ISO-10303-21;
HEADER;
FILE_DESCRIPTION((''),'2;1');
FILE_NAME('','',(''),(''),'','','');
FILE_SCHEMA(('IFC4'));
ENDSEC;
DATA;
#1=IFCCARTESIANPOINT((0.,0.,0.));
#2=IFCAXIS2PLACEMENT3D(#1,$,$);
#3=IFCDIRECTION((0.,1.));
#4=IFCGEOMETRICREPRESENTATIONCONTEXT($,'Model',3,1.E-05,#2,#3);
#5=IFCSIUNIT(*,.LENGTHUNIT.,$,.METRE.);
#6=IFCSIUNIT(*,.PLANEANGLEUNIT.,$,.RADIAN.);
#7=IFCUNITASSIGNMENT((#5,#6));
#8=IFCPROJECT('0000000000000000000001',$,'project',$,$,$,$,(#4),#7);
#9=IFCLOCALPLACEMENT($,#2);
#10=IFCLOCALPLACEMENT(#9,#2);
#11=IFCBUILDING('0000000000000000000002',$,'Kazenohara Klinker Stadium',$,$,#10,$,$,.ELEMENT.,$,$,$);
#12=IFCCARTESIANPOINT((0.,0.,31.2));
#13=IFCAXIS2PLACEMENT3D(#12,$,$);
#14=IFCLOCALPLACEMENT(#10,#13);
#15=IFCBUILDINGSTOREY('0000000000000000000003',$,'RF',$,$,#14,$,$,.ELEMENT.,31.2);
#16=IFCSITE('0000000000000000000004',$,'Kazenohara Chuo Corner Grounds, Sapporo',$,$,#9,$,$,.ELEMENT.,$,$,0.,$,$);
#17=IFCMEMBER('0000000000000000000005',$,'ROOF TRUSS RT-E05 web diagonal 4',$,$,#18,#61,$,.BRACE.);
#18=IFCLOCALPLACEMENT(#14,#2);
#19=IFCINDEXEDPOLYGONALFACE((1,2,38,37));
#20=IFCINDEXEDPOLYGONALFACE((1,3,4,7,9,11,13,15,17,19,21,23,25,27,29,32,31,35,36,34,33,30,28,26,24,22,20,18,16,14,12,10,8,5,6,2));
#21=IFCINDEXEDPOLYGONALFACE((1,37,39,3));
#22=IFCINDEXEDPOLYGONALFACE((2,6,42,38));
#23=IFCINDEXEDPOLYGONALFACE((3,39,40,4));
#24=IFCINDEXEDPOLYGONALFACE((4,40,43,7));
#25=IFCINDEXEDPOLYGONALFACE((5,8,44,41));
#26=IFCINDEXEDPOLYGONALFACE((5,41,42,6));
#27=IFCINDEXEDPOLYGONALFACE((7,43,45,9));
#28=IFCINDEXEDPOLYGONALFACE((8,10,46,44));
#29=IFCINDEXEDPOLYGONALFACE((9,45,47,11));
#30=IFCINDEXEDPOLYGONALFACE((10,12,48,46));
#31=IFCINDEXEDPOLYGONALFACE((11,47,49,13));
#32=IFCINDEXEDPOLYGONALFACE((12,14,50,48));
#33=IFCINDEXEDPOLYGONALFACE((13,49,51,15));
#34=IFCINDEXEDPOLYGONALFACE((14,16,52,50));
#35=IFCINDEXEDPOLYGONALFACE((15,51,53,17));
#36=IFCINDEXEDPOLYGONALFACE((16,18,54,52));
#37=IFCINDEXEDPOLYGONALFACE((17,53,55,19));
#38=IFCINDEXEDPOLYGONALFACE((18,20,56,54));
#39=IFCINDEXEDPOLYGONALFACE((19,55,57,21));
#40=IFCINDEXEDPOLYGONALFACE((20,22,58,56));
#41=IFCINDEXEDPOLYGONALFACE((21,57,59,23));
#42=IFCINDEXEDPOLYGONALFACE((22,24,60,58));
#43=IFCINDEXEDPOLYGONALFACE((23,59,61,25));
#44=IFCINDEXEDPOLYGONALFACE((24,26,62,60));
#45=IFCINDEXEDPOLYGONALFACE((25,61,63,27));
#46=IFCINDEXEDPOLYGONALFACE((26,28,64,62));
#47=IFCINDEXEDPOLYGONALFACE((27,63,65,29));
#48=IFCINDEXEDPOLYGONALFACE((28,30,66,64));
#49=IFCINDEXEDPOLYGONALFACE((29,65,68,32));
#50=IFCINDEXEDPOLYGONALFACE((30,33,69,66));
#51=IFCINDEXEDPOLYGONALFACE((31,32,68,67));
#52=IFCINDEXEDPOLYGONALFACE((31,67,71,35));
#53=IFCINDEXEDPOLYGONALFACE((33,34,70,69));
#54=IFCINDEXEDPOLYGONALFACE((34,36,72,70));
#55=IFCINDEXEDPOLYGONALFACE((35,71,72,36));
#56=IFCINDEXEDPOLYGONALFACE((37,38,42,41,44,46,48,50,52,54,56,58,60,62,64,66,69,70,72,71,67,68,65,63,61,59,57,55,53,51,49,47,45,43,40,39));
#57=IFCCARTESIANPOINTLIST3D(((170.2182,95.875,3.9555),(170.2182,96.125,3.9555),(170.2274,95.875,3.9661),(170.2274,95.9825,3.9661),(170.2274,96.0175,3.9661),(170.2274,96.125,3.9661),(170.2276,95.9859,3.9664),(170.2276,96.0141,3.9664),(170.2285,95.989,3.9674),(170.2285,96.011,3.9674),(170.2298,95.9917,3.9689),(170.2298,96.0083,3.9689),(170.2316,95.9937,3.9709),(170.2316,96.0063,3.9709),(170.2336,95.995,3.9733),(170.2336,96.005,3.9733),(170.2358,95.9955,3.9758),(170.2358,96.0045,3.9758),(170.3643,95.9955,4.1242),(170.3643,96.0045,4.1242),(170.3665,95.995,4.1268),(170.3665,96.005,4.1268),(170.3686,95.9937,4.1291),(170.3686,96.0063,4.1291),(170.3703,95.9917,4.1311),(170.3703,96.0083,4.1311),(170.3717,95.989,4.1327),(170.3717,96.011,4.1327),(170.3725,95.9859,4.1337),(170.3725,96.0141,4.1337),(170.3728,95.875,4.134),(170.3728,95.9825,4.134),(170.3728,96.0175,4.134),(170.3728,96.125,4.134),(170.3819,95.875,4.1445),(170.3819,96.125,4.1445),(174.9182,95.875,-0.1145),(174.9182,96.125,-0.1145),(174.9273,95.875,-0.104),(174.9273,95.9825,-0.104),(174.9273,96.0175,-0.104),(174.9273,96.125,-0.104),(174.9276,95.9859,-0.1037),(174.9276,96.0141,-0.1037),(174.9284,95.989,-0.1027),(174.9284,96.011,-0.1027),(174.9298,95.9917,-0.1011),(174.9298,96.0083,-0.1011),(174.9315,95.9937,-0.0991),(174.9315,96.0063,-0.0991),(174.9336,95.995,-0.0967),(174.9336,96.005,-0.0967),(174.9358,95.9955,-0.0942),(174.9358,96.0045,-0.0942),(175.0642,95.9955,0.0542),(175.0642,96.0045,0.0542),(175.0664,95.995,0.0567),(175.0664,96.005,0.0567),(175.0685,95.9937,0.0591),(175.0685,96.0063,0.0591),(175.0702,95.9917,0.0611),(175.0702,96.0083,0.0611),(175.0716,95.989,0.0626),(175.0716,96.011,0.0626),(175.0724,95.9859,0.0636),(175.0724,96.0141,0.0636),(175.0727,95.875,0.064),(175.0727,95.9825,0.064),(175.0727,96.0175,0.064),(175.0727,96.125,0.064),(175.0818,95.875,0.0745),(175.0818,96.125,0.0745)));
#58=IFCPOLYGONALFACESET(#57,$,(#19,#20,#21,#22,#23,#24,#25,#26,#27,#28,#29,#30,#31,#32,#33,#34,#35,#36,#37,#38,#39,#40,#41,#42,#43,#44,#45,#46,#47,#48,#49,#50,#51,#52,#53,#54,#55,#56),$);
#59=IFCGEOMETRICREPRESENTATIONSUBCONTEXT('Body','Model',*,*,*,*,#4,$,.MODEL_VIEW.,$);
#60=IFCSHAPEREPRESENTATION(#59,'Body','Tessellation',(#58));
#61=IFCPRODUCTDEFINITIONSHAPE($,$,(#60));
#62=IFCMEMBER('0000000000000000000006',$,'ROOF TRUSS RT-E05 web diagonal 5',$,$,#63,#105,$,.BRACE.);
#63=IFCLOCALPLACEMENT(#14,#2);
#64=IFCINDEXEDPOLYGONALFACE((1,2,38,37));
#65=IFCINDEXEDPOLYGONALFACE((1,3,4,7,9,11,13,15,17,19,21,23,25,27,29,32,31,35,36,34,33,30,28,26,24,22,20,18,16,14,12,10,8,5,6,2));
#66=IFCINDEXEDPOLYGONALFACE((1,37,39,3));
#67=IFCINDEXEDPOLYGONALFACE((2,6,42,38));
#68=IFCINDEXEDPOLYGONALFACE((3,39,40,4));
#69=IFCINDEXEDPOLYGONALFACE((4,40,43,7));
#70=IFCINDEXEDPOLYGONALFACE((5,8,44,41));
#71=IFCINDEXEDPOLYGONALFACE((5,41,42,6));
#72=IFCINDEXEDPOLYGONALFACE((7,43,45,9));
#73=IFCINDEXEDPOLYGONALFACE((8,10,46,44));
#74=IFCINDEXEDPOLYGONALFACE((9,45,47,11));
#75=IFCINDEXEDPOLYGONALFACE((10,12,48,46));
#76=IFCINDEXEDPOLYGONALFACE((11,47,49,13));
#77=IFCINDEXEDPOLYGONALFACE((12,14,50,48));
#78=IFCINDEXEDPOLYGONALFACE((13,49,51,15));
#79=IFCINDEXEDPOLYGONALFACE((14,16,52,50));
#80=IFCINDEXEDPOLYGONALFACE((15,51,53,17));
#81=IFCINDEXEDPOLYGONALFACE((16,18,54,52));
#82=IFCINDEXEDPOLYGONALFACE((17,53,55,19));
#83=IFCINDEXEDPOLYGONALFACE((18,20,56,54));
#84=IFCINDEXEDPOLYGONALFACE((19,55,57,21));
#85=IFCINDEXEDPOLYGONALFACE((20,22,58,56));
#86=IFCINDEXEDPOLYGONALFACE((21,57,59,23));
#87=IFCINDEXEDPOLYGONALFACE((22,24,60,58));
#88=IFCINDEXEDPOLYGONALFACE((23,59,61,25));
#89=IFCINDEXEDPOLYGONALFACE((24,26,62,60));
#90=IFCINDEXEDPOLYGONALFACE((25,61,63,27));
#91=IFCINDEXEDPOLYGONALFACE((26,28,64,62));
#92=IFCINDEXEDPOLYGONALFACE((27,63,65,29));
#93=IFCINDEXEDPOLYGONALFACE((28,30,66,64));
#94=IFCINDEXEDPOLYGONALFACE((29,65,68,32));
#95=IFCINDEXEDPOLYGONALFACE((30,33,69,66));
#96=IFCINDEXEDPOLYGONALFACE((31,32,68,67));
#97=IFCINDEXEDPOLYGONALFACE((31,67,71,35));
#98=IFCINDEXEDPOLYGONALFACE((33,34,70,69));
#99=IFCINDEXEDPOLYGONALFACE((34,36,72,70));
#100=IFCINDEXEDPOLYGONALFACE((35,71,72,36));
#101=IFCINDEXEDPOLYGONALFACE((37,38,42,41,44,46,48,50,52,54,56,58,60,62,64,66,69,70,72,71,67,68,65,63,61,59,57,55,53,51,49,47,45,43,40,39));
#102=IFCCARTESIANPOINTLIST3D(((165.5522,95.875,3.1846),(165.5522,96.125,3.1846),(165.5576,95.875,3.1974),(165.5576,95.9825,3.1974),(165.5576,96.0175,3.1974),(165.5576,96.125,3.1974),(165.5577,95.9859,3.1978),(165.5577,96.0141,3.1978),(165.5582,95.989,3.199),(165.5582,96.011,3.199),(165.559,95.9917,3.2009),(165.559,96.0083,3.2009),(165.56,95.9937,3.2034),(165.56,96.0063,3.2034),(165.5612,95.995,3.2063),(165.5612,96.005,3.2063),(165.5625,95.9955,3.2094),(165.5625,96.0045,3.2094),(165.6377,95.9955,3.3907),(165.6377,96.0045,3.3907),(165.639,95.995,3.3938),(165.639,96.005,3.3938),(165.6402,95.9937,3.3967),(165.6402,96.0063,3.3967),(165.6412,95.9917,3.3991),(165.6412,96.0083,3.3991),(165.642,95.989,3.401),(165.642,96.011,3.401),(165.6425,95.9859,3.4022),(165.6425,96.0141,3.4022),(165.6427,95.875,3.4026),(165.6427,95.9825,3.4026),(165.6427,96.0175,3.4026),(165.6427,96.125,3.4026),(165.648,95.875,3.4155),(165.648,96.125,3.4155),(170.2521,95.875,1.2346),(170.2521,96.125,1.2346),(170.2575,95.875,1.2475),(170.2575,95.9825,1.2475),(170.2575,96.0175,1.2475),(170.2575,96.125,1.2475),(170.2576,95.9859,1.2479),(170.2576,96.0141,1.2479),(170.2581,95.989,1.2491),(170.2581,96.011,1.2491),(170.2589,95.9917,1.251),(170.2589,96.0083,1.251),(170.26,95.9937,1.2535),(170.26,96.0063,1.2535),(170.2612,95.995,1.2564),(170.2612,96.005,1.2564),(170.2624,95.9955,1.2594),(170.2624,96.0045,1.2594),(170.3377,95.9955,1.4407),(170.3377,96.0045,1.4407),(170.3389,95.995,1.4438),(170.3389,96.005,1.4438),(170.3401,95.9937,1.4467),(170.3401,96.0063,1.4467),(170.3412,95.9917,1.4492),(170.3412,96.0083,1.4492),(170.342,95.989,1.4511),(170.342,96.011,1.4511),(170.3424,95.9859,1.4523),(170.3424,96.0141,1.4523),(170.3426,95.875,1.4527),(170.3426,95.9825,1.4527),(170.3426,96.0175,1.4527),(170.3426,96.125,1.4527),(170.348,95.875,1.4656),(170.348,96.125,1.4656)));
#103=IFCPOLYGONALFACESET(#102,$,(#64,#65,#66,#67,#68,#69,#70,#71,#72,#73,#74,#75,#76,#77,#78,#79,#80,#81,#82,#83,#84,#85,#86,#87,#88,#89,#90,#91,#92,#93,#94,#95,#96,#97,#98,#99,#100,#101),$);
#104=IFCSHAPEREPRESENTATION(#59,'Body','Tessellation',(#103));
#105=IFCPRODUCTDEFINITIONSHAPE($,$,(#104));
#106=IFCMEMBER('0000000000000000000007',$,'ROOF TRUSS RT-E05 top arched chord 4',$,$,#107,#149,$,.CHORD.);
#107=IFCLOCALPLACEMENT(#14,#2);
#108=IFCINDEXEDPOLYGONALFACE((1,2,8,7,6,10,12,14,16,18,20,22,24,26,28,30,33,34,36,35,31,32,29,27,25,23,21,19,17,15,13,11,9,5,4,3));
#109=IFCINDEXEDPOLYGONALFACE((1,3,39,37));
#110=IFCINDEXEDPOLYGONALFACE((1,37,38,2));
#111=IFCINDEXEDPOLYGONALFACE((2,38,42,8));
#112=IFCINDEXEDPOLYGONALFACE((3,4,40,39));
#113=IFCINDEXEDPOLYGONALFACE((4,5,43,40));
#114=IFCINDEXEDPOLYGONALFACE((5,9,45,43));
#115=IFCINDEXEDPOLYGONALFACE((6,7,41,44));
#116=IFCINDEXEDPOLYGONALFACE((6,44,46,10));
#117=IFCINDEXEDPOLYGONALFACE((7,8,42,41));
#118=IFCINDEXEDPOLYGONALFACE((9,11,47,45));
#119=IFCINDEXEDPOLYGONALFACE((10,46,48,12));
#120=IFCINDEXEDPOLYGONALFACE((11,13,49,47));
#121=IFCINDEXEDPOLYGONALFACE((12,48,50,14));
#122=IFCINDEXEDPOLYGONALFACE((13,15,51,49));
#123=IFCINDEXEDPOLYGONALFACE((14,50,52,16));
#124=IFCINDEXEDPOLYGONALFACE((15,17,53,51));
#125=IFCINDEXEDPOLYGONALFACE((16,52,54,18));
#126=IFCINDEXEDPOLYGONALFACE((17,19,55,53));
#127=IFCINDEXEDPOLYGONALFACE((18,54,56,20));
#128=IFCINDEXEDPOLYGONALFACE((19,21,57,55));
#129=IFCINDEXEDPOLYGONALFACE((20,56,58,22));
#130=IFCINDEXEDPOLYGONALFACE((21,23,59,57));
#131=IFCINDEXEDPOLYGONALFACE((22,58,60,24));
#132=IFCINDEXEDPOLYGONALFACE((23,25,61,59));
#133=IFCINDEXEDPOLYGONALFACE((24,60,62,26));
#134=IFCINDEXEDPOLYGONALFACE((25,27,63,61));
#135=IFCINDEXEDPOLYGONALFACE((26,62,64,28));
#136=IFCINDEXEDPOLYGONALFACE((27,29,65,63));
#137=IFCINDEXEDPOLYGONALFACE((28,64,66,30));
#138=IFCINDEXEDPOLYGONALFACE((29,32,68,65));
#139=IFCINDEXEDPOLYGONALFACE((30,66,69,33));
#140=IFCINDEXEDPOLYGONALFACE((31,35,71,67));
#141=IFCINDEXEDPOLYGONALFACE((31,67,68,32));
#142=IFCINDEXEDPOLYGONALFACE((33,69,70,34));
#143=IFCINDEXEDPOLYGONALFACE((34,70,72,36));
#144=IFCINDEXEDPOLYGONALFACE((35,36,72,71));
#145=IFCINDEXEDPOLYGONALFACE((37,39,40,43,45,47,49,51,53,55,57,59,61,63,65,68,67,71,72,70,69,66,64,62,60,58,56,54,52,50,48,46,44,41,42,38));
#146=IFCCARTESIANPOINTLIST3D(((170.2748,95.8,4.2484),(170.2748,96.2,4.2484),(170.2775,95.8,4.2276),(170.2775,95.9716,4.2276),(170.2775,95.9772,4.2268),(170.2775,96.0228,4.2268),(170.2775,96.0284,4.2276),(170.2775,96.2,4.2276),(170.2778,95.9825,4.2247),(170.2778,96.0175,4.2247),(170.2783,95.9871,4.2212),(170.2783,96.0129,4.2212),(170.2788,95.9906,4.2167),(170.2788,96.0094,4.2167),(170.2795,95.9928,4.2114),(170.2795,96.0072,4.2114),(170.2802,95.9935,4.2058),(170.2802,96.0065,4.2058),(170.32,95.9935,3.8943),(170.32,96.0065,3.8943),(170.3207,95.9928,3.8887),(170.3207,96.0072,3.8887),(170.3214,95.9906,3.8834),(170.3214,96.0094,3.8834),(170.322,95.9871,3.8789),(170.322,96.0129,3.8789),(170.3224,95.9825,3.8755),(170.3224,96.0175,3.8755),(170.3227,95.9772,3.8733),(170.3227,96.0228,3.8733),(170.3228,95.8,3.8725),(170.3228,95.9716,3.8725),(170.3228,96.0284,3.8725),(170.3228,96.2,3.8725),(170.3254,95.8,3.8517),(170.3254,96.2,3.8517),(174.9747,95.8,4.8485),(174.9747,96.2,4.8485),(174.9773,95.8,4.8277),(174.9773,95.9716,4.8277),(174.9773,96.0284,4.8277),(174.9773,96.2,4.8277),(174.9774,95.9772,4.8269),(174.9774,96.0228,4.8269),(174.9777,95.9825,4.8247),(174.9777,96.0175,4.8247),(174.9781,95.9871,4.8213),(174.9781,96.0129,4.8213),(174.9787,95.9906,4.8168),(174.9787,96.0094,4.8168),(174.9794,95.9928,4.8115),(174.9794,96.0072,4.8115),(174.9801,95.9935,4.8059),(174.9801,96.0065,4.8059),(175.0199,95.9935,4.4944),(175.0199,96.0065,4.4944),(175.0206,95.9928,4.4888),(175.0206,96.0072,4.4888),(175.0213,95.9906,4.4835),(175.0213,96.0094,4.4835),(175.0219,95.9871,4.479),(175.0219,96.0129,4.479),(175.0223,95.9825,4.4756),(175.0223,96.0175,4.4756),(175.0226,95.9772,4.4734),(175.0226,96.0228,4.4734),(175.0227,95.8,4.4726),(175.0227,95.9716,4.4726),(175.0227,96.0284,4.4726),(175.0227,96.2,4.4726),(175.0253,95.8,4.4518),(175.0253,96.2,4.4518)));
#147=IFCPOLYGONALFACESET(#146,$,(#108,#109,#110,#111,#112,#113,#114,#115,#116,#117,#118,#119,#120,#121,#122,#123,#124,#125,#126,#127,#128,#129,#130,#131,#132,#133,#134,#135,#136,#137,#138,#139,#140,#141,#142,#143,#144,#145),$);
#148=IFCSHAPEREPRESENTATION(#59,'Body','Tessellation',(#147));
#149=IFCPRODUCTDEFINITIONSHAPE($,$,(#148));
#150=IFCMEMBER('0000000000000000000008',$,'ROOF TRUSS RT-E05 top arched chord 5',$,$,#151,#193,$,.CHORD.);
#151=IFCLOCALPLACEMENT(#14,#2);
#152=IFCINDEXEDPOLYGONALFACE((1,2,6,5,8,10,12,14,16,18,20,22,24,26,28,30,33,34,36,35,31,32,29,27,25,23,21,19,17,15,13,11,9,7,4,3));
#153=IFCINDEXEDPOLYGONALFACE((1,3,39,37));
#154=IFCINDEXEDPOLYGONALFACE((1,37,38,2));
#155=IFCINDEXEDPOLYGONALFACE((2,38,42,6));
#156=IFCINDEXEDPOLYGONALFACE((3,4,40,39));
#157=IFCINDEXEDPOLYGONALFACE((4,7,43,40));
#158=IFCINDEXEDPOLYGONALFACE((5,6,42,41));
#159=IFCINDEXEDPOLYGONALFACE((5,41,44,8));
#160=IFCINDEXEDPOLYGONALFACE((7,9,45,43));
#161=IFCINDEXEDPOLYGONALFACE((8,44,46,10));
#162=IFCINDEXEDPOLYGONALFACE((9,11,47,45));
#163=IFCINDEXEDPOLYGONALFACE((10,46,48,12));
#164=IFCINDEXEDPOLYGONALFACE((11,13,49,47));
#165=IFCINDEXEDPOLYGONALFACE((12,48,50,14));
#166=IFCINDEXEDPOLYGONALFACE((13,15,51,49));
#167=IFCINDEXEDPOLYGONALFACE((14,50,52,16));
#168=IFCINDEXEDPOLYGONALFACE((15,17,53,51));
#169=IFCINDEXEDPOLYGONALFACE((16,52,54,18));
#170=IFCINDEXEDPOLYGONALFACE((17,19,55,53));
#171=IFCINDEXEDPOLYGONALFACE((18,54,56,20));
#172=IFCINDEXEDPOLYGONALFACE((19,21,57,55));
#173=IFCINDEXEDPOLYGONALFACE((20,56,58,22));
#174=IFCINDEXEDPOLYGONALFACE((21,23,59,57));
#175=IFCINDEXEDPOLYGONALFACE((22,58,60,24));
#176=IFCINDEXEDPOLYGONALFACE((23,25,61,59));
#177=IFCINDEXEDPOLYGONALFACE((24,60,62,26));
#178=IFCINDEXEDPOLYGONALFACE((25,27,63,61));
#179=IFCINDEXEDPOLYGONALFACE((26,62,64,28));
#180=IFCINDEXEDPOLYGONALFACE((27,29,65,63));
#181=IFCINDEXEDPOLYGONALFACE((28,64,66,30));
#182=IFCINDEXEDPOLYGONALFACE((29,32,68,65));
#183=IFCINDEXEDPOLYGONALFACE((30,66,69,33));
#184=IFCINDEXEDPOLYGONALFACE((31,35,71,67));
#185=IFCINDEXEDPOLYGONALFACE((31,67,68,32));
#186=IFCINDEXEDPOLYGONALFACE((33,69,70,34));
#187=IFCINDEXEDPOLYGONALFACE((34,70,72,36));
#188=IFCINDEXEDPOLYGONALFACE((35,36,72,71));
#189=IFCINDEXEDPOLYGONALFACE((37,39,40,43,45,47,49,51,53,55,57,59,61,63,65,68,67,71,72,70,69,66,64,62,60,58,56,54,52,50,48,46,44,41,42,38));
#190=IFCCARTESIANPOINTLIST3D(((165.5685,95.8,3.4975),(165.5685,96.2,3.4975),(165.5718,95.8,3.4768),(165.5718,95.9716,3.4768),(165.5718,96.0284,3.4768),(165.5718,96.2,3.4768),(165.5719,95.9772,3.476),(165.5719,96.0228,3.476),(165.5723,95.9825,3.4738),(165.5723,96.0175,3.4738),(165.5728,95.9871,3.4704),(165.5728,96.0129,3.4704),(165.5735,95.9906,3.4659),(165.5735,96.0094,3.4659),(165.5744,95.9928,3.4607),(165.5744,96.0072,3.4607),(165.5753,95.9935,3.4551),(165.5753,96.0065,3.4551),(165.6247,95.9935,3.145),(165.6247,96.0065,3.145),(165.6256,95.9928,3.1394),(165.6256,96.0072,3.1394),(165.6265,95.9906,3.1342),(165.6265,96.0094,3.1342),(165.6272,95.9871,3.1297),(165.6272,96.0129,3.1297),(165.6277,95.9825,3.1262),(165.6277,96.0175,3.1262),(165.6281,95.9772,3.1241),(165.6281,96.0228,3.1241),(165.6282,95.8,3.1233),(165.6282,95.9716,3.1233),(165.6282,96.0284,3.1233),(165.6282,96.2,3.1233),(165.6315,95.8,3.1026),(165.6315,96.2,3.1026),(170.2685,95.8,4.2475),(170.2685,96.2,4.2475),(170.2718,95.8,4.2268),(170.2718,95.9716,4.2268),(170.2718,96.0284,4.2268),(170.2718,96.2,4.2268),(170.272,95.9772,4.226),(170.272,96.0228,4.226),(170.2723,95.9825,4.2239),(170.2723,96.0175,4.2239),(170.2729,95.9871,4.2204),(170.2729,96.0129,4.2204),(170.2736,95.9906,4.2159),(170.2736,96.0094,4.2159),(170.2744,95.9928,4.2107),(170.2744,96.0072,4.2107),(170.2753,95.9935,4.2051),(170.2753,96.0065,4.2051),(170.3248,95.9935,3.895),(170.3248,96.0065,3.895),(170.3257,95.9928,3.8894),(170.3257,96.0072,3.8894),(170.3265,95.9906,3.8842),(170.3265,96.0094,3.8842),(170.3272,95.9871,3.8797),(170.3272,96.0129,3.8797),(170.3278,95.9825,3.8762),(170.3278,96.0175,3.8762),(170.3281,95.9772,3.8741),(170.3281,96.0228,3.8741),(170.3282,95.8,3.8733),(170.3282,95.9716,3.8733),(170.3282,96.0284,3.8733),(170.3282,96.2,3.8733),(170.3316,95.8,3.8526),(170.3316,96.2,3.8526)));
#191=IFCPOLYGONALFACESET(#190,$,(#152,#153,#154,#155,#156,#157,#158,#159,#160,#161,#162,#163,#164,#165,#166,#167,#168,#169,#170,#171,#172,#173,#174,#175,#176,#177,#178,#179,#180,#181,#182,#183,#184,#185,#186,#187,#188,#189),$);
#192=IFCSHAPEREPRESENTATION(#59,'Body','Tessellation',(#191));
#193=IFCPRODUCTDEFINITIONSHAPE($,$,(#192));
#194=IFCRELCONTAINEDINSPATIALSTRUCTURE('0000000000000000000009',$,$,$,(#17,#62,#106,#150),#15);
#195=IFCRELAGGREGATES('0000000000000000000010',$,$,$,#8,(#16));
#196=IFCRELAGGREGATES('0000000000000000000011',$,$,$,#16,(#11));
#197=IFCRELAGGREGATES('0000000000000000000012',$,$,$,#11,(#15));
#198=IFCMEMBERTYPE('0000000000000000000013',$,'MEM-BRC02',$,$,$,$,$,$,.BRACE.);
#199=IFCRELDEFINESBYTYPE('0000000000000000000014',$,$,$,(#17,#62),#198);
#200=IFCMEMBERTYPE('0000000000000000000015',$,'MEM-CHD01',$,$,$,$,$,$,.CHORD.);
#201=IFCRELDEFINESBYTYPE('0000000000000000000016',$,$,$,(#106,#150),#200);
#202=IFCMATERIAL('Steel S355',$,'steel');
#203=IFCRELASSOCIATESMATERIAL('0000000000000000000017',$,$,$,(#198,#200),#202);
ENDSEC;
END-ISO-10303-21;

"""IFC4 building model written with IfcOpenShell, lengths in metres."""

from ifc_helpers import new_model, si_unit, direction, frame, origin, origin_2d, place, context, subcontext, project, spatial, i_section, extrude, material, material_profile, profile_set, type_object, element, save


model = new_model("IFC4")

# Units and contexts
model_context = context("Model", 3, precision=1e-05, world=origin(), true_north=direction((0.0, 1.0)))
body_context = subcontext(model_context, "Body", "Model", "MODEL_VIEW")
ifc_project = project(units=[si_unit("LENGTHUNIT", "METRE"), si_unit("PLANEANGLEUNIT", "RADIAN")], contexts=[model_context])

# Site, building, storey
site_placement = place(None, origin())
site = spatial("IfcSite", under=ifc_project, at=site_placement, Name="Kazenohara Chuo Corner Grounds, Sapporo", CompositionType="ELEMENT", RefElevation=0.0)
building_placement = place(site_placement, origin())
building = spatial("IfcBuilding", under=site, at=building_placement, Name="Kazenohara Klinker Stadium", CompositionType="ELEMENT")
storey_placement = place(building_placement, frame((0.0, 0.0, 31.2)))
storey = spatial("IfcBuildingStorey", under=building, at=storey_placement, Name="RF", CompositionType="ELEMENT", Elevation=31.2)

# Members
ifc_material_1 = material(Name="Steel S355", Category="steel")
ifc_material_profile_1 = material_profile(ifc_material_1, i_section(OverallWidth=0.25, OverallDepth=0.25, WebThickness=0.009, FlangeThickness=0.0139, FilletRadius=0.0129, at=origin_2d()), Name="H-250x250x9x14")
ifc_profile_set_1 = profile_set([ifc_material_profile_1], Name="Steel S355")
member_type_1 = type_object("IfcMemberType", Name="MEM-BRC02", PredefinedType="BRACE", material=ifc_profile_set_1)
member_1_placement = place(storey_placement, frame((175.0, 96.0, -0.02), z_axis=(-0.755946, 0.0, 0.654634), x_axis=(0.0, -1.0, 0.0)))
element("IfcMember", 1, at=member_1_placement, inside=storey, type_object=member_type_1, Name="ROOF TRUSS RT-E05 web diagonal 4", PredefinedType="BRACE", context=body_context, shape_type="SweptSolid", body=[
    extrude(i_section(OverallWidth=0.25, OverallDepth=0.25, WebThickness=0.009, FlangeThickness=0.0139, FilletRadius=0.0129, at=origin_2d()), origin(), (0.0, 0.0, 1.0), 6.2173),
])
member_2_placement = place(storey_placement, frame((170.3, 96.0, 1.3501), z_axis=(-0.923659, 0.0, 0.383215), x_axis=(0.0, -1.0, 0.0)))
element("IfcMember", 2, at=member_2_placement, inside=storey, type_object=member_type_1, Name="ROOF TRUSS RT-E05 web diagonal 5", PredefinedType="BRACE", context=body_context, shape_type="SweptSolid", body=[
    extrude(i_section(OverallWidth=0.25, OverallDepth=0.25, WebThickness=0.009, FlangeThickness=0.0139, FilletRadius=0.0129, at=origin_2d()), origin(), (0.0, 0.0, 1.0), 5.0884),
])
ifc_material_profile_2 = material_profile(ifc_material_1, i_section(OverallWidth=0.3999, OverallDepth=0.3999, WebThickness=0.0129, FlangeThickness=0.021, FilletRadius=0.022, at=origin_2d()), Name="H-400x400x13x21")
ifc_profile_set_2 = profile_set([ifc_material_profile_2], Name="Steel S355")
member_type_2 = type_object("IfcMemberType", Name="MEM-CHD01", PredefinedType="CHORD", material=ifc_profile_set_2)
member_3_placement = place(storey_placement, frame((175.0, 96.0, 4.6501), z_axis=(-0.991947, 0.0, -0.126653), x_axis=(0.0, -1.0, 0.0)))
element("IfcMember", 3, at=member_3_placement, inside=storey, type_object=member_type_2, Name="ROOF TRUSS RT-E05 top arched chord 4", PredefinedType="CHORD", context=body_context, shape_type="SweptSolid", body=[
    extrude(i_section(OverallWidth=0.3999, OverallDepth=0.3999, WebThickness=0.0129, FlangeThickness=0.021, FilletRadius=0.022, at=origin_2d()), origin(), (0.0, 0.0, 1.0), 4.738),
])
member_4_placement = place(storey_placement, frame((170.3, 96.0, 4.05), z_axis=(-0.987506, 0.0, -0.157582), x_axis=(0.0, -1.0, 0.0)))
element("IfcMember", 4, at=member_4_placement, inside=storey, type_object=member_type_2, Name="ROOF TRUSS RT-E05 top arched chord 5", PredefinedType="CHORD", context=body_context, shape_type="SweptSolid", body=[
    extrude(i_section(OverallWidth=0.3999, OverallDepth=0.3999, WebThickness=0.0129, FlangeThickness=0.021, FilletRadius=0.022, at=origin_2d()), origin(), (0.0, 0.0, 1.0), 4.7595),
])

save(model, "model.ifc")
